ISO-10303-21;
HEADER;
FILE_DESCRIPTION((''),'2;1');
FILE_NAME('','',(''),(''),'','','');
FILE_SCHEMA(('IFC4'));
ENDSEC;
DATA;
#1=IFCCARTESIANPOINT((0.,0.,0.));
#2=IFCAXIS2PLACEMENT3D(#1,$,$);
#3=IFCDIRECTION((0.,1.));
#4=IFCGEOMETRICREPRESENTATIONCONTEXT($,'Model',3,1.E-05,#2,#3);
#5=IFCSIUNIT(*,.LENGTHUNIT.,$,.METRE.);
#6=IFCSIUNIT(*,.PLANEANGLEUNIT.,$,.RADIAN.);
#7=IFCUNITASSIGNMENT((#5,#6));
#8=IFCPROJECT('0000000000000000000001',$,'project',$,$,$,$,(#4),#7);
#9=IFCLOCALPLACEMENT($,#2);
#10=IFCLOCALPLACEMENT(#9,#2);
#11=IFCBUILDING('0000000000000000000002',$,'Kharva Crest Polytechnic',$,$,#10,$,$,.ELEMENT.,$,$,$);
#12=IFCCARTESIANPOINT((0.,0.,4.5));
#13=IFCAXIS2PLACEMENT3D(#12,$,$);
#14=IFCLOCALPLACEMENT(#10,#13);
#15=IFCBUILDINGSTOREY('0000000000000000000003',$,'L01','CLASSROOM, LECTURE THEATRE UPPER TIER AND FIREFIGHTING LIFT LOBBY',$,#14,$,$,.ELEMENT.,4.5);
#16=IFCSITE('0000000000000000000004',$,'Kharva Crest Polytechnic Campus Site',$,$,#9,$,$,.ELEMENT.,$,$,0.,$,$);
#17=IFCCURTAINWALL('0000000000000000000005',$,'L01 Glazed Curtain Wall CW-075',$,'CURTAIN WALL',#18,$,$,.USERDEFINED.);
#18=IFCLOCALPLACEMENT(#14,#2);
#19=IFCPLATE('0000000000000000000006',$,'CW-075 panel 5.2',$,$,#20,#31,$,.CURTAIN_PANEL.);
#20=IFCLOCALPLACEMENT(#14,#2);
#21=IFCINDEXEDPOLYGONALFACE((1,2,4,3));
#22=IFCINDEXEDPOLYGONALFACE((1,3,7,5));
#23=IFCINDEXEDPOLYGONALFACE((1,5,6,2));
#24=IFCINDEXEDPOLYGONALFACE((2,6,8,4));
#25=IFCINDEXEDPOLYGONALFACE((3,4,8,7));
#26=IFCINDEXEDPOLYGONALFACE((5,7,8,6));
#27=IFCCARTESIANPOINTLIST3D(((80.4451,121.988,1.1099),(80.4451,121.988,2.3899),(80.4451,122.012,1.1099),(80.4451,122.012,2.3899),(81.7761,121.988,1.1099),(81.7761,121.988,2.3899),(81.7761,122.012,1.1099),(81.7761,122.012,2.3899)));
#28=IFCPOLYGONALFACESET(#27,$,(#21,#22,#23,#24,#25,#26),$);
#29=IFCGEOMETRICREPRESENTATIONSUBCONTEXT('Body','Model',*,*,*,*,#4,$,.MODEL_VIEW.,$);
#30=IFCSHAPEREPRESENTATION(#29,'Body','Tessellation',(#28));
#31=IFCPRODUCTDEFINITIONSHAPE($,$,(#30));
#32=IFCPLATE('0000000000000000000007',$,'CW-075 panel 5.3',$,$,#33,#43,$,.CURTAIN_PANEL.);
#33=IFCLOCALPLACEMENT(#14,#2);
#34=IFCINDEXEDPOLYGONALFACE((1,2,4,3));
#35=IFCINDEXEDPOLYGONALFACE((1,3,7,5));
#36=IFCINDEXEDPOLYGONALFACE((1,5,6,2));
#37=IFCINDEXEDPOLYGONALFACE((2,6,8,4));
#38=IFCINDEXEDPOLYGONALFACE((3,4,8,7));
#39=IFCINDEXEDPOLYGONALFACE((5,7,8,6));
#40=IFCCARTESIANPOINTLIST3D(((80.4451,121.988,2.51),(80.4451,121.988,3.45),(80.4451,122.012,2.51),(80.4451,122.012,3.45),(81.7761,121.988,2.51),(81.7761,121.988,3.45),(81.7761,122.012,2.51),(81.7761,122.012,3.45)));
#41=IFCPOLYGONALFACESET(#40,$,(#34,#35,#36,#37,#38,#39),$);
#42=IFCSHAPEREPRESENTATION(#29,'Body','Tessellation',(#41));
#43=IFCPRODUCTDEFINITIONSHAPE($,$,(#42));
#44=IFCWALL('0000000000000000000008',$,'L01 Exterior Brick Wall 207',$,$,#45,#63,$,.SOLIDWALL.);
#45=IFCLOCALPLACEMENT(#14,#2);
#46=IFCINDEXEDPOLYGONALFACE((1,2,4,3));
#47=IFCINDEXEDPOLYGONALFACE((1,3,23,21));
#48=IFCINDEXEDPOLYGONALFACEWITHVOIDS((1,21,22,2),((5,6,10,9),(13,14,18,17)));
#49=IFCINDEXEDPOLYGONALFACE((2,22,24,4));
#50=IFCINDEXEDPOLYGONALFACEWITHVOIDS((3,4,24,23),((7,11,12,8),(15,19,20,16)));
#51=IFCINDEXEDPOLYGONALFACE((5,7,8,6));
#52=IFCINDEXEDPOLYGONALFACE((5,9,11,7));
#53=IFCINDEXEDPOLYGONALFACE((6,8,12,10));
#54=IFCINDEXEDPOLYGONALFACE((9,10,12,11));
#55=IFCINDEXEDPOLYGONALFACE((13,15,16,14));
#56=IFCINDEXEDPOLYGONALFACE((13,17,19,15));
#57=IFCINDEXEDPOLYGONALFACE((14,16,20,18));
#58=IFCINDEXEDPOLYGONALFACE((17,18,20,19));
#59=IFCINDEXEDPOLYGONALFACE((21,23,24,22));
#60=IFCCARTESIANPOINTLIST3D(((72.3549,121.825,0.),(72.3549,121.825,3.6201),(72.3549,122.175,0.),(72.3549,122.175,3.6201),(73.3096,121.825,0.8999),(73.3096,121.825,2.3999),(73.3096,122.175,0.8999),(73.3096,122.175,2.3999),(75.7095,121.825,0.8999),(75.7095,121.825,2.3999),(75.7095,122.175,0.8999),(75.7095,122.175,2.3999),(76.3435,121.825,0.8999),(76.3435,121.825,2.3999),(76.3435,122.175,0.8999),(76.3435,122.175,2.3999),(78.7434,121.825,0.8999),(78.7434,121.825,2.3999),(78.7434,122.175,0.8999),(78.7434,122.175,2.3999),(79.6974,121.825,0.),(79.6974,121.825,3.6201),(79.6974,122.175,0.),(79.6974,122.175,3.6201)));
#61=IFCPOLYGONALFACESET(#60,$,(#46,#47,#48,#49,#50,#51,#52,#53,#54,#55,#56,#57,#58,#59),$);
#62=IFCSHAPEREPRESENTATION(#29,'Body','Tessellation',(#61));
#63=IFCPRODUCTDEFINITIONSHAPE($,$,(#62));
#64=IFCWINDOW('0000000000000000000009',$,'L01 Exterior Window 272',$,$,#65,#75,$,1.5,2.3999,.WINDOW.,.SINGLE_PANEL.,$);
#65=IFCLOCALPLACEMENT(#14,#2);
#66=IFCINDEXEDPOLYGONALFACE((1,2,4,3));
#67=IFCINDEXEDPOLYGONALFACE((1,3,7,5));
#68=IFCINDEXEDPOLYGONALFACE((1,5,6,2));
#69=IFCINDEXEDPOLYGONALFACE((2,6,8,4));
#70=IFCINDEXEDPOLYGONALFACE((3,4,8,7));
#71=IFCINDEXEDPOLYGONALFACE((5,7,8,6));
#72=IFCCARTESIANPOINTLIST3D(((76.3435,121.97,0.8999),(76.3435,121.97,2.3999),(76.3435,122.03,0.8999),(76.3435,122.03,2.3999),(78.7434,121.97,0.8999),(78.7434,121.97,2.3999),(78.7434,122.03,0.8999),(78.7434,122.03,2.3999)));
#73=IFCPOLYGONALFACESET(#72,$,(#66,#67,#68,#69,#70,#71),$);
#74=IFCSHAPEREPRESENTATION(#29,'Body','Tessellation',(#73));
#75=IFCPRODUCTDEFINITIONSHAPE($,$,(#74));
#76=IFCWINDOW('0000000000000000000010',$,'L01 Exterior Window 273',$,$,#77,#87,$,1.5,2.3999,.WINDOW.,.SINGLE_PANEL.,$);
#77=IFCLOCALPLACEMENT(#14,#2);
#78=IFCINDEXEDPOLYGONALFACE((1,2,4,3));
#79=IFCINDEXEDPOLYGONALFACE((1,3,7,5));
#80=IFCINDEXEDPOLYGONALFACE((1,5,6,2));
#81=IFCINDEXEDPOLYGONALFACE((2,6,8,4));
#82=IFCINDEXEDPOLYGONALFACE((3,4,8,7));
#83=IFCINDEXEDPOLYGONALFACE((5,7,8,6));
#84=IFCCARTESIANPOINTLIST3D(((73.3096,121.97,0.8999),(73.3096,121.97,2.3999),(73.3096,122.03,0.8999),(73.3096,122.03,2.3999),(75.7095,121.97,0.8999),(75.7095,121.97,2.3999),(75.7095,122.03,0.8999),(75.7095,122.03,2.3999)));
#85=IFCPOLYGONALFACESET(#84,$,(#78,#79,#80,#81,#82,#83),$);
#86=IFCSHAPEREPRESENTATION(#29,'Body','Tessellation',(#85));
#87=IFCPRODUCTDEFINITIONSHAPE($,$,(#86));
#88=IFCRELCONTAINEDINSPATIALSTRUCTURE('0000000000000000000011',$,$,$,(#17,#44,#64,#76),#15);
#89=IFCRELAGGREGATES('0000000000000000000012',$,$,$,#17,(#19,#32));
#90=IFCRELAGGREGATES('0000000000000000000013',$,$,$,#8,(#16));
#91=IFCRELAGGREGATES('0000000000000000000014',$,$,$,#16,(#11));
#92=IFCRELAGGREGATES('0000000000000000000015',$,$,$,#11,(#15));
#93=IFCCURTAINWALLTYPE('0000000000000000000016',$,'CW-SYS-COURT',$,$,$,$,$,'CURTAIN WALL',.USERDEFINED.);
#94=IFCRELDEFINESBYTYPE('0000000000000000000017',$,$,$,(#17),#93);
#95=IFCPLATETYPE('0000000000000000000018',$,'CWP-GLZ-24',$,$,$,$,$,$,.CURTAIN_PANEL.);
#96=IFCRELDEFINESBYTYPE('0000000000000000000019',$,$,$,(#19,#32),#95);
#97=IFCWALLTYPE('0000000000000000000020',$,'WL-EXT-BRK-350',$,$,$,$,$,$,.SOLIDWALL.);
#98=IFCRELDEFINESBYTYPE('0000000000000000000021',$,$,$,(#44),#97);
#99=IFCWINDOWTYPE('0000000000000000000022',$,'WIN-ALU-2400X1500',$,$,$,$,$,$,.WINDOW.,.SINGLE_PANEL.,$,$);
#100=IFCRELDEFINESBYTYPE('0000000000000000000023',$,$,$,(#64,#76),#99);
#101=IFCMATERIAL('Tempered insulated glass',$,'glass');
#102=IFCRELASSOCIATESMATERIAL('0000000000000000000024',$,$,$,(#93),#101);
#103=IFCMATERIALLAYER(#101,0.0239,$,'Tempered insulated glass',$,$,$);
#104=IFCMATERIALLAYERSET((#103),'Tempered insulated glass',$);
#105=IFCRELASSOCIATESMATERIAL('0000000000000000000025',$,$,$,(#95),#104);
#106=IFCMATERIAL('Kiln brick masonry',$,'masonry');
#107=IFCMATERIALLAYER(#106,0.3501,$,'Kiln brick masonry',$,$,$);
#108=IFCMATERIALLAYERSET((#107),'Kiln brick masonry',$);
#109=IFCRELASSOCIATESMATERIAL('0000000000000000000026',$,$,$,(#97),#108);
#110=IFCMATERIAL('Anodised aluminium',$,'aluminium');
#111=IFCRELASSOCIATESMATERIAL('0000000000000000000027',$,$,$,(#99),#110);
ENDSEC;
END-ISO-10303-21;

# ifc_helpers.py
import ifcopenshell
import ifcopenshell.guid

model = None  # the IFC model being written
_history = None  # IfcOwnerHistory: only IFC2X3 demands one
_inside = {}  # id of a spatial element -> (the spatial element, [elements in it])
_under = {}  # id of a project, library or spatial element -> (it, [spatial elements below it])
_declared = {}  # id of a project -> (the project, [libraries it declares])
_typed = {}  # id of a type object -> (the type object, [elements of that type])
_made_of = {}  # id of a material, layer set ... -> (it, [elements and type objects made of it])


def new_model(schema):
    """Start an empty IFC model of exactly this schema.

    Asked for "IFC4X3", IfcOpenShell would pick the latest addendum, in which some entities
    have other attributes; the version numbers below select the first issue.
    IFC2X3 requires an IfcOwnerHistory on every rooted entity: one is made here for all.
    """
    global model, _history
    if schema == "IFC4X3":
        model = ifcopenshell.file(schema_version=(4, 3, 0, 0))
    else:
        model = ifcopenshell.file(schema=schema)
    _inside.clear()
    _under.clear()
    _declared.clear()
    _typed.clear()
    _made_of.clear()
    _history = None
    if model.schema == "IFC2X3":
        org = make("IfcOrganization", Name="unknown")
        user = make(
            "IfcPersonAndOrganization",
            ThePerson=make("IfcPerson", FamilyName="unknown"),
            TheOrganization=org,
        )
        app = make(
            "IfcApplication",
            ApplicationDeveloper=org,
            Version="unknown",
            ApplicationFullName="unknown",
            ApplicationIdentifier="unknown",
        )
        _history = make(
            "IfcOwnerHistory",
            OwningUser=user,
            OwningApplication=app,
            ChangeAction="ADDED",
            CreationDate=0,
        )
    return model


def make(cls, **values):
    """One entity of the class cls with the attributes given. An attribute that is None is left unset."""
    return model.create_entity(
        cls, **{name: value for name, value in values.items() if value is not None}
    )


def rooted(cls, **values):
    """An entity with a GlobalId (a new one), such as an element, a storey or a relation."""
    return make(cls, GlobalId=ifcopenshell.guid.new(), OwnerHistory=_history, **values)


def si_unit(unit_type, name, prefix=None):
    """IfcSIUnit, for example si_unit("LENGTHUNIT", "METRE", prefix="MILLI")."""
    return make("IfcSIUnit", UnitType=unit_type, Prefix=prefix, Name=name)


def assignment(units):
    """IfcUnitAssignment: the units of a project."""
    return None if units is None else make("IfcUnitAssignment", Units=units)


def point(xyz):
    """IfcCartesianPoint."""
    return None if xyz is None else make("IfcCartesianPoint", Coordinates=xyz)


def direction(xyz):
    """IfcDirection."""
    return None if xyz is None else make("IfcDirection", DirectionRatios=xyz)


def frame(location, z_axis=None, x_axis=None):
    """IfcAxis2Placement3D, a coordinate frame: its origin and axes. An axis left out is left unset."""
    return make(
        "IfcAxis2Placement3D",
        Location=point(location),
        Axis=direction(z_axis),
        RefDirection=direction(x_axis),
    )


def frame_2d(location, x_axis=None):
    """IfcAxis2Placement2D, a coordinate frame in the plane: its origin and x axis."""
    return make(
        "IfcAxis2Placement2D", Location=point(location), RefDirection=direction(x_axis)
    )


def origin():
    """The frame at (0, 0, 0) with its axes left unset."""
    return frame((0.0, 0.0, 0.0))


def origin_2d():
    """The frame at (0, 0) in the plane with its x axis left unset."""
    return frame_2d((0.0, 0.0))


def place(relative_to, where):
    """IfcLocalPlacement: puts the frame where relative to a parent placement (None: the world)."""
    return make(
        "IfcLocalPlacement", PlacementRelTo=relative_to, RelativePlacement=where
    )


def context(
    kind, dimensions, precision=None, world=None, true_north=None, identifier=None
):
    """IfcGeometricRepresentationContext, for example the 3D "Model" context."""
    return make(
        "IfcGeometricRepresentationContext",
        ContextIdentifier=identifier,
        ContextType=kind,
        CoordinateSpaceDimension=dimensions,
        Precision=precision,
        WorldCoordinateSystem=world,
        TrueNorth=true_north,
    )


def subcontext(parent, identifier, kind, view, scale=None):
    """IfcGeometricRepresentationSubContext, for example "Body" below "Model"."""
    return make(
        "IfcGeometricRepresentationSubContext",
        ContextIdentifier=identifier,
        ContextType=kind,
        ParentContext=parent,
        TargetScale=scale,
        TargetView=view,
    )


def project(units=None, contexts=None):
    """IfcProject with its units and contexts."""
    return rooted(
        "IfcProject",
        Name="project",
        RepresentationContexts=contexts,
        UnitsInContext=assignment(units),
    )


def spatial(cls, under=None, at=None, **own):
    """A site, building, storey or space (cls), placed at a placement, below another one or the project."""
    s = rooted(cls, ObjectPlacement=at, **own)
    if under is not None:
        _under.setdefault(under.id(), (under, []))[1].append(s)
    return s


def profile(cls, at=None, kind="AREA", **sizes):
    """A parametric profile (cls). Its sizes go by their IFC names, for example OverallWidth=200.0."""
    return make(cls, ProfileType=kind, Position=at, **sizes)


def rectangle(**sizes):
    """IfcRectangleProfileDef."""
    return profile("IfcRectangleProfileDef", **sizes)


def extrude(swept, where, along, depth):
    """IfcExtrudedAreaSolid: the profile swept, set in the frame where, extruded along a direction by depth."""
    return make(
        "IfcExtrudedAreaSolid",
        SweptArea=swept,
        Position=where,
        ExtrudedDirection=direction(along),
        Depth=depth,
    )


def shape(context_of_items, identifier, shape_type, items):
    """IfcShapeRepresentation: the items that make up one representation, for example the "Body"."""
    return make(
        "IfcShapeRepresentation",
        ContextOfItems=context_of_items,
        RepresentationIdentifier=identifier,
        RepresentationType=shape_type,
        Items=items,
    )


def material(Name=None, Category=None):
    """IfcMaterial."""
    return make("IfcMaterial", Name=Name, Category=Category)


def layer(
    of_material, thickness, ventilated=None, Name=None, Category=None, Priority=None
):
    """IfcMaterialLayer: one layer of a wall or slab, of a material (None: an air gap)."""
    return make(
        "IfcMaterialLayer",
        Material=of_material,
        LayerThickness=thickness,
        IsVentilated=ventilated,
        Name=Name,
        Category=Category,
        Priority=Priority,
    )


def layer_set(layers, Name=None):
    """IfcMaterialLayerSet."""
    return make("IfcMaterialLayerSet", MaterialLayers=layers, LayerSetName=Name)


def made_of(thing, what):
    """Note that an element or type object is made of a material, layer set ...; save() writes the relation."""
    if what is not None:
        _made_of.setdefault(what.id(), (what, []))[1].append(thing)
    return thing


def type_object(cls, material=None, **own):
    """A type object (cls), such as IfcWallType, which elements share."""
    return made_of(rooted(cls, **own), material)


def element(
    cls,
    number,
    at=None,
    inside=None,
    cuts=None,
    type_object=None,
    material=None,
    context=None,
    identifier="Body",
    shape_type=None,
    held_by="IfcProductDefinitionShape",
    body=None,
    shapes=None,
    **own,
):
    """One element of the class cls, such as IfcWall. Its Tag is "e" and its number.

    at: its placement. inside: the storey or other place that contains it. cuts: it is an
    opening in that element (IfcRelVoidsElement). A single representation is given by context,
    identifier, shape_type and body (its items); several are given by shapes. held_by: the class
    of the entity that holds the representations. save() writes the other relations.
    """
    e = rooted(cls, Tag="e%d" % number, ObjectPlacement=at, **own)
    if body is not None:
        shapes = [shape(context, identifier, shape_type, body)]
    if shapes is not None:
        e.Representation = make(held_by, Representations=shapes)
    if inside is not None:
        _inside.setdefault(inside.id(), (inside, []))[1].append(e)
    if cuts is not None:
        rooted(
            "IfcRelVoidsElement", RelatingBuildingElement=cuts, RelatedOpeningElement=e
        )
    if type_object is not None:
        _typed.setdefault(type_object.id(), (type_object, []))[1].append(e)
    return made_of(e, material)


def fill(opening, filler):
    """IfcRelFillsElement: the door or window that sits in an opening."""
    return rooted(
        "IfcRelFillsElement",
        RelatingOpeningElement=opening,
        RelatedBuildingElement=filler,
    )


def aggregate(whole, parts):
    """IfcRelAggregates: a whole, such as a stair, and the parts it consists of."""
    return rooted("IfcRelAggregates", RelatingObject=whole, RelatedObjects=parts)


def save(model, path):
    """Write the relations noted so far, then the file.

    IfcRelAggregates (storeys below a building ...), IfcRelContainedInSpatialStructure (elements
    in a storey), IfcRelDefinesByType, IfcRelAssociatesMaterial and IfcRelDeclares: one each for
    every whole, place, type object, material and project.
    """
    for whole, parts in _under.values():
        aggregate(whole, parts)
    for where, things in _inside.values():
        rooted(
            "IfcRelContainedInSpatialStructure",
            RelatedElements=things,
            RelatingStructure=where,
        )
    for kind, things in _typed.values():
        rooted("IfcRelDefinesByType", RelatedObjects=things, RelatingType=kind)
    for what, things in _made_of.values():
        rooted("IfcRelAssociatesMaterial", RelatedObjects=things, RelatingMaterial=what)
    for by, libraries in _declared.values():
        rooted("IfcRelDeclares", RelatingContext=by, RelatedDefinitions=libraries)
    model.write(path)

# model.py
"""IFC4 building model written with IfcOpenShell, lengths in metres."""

from ifc_helpers import new_model, si_unit, direction, frame, frame_2d, origin, origin_2d, place, context, subcontext, project, spatial, rectangle, extrude, material, layer, layer_set, type_object, element, fill, aggregate, save


model = new_model("IFC4")

# Units and contexts
model_context = context("Model", 3, precision=1e-05, world=origin(), true_north=direction((0.0, 1.0)))
body_context = subcontext(model_context, "Body", "Model", "MODEL_VIEW")
ifc_project = project(units=[si_unit("LENGTHUNIT", "METRE"), si_unit("PLANEANGLEUNIT", "RADIAN")], contexts=[model_context])

# Site, building, storey
site_placement = place(None, origin())
site = spatial("IfcSite", under=ifc_project, at=site_placement, Name="Kharva Crest Polytechnic Campus Site", CompositionType="ELEMENT", RefElevation=0.0)
building_placement = place(site_placement, origin())
building = spatial("IfcBuilding", under=site, at=building_placement, Name="Kharva Crest Polytechnic", CompositionType="ELEMENT")
storey_placement = place(building_placement, frame((0.0, 0.0, 4.5)))
storey = spatial("IfcBuildingStorey", under=building, at=storey_placement, Name="L01", Description="CLASSROOM, LECTURE THEATRE UPPER TIER AND FIREFIGHTING LIFT LOBBY", CompositionType="ELEMENT", Elevation=4.5)

# Curtain wall
ifc_material_1 = material(Name="Tempered insulated glass", Category="glass")
curtain_wall_type = type_object("IfcCurtainWallType", Name="CW-SYS-COURT", ElementType="CURTAIN WALL", PredefinedType="USERDEFINED", material=ifc_material_1)
curtain_wall_placement = place(storey_placement, origin())
curtain_wall = element("IfcCurtainWall", 1, at=curtain_wall_placement, inside=storey, type_object=curtain_wall_type, Name="L01 Glazed Curtain Wall CW-075", ObjectType="CURTAIN WALL", PredefinedType="USERDEFINED")

# Plates
ifc_layer_1 = layer(ifc_material_1, 0.0239, Name="Tempered insulated glass")
ifc_layer_set_1 = layer_set([ifc_layer_1], Name="Tempered insulated glass")
plate_type = type_object("IfcPlateType", Name="CWP-GLZ-24", PredefinedType="CURTAIN_PANEL", material=ifc_layer_set_1)
plate_1_placement = place(storey_placement, frame((81.1106, 122.0, 1.1099), z_axis=(0.0, 0.0, 1.0), x_axis=(-1.0, 0.0, 0.0)))
plate_1 = element("IfcPlate", 2, at=plate_1_placement, type_object=plate_type, Name="CW-075 panel 5.2", PredefinedType="CURTAIN_PANEL", context=body_context, shape_type="SweptSolid", body=[
    extrude(rectangle(XDim=1.3311, YDim=0.0239, at=origin_2d()), origin(), (0.0, 0.0, 1.0), 1.28),
])
plate_2_placement = place(storey_placement, frame((81.1106, 122.0, 2.51), z_axis=(0.0, 0.0, 1.0), x_axis=(-1.0, 0.0, 0.0)))
plate_2 = element("IfcPlate", 3, at=plate_2_placement, type_object=plate_type, Name="CW-075 panel 5.3", PredefinedType="CURTAIN_PANEL", context=body_context, shape_type="SweptSolid", body=[
    extrude(rectangle(XDim=1.3311, YDim=0.0239, at=origin_2d()), origin(), (0.0, 0.0, 1.0), 0.9399),
])
aggregate(curtain_wall, [plate_1, plate_2])

# Wall, openings, windows
ifc_material_2 = material(Name="Kiln brick masonry", Category="masonry")
ifc_layer_2 = layer(ifc_material_2, 0.3501, Name="Kiln brick masonry")
ifc_layer_set_2 = layer_set([ifc_layer_2], Name="Kiln brick masonry")
wall_type = type_object("IfcWallType", Name="WL-EXT-BRK-350", PredefinedType="SOLIDWALL", material=ifc_layer_set_2)
wall_placement = place(storey_placement, frame((79.6975, 122.0, 0.0), z_axis=(0.0, 0.0, 1.0), x_axis=(-1.0, 0.0, 0.0)))
wall = element("IfcWall", 4, at=wall_placement, inside=storey, type_object=wall_type, Name="L01 Exterior Brick Wall 207", PredefinedType="SOLIDWALL", context=body_context, shape_type="SweptSolid", body=[
    extrude(rectangle(XDim=7.3425, YDim=0.3501, at=frame_2d((3.6714, 0.0))), origin(), (0.0, 0.0, 1.0), 3.6201),
])
opening_1_placement = place(wall_placement, frame((0.9541, 0.0, 0.8999)))
opening_1 = element("IfcOpeningElement", 5, at=opening_1_placement, cuts=wall, PredefinedType="OPENING", context=body_context, shape_type="SweptSolid", body=[
    extrude(rectangle(XDim=2.3999, YDim=1.5, at=frame_2d((1.2, 0.75))), frame((0.0, 0.1851, 0.0), z_axis=(0.0, -1.0, 0.0), x_axis=(1.0, 0.0, 0.0)), (0.0, 0.0, 1.0), 0.3701),
])
opening_2_placement = place(wall_placement, frame((3.988, 0.0, 0.8999)))
opening_2 = element("IfcOpeningElement", 6, at=opening_2_placement, cuts=wall, PredefinedType="OPENING", context=body_context, shape_type="SweptSolid", body=[
    extrude(rectangle(XDim=2.3999, YDim=1.5, at=frame_2d((1.2, 0.75))), frame((0.0, 0.1851, 0.0), z_axis=(0.0, -1.0, 0.0), x_axis=(1.0, 0.0, 0.0)), (0.0, 0.0, 1.0), 0.3701),
])
ifc_material_3 = material(Name="Anodised aluminium", Category="aluminium")
window_type = type_object("IfcWindowType", Name="WIN-ALU-2400X1500", PartitioningType="SINGLE_PANEL", PredefinedType="WINDOW", material=ifc_material_3)
window_1_placement = place(opening_1_placement, origin())
window_1 = element("IfcWindow", 7, at=window_1_placement, inside=storey, type_object=window_type, Name="L01 Exterior Window 272", OverallHeight=1.5, OverallWidth=2.3999, PartitioningType="SINGLE_PANEL", PredefinedType="WINDOW", context=body_context, shape_type="SweptSolid", body=[
    extrude(rectangle(XDim=2.3999, YDim=1.5, at=frame_2d((1.2, 0.75))), frame((0.0, 0.03, 0.0), z_axis=(0.0, -1.0, 0.0), x_axis=(1.0, 0.0, 0.0)), (0.0, 0.0, 1.0), 0.0601),
])
fill(opening_1, window_1)
window_2_placement = place(opening_2_placement, origin())
window_2 = element("IfcWindow", 8, at=window_2_placement, inside=storey, type_object=window_type, Name="L01 Exterior Window 273", OverallHeight=1.5, OverallWidth=2.3999, PartitioningType="SINGLE_PANEL", PredefinedType="WINDOW", context=body_context, shape_type="SweptSolid", body=[
    extrude(rectangle(XDim=2.3999, YDim=1.5, at=frame_2d((1.2, 0.75))), frame((0.0, 0.03, 0.0), z_axis=(0.0, -1.0, 0.0), x_axis=(1.0, 0.0, 0.0)), (0.0, 0.0, 1.0), 0.0601),
])
fill(opening_2, window_2)

save(model, "model.ifc")
